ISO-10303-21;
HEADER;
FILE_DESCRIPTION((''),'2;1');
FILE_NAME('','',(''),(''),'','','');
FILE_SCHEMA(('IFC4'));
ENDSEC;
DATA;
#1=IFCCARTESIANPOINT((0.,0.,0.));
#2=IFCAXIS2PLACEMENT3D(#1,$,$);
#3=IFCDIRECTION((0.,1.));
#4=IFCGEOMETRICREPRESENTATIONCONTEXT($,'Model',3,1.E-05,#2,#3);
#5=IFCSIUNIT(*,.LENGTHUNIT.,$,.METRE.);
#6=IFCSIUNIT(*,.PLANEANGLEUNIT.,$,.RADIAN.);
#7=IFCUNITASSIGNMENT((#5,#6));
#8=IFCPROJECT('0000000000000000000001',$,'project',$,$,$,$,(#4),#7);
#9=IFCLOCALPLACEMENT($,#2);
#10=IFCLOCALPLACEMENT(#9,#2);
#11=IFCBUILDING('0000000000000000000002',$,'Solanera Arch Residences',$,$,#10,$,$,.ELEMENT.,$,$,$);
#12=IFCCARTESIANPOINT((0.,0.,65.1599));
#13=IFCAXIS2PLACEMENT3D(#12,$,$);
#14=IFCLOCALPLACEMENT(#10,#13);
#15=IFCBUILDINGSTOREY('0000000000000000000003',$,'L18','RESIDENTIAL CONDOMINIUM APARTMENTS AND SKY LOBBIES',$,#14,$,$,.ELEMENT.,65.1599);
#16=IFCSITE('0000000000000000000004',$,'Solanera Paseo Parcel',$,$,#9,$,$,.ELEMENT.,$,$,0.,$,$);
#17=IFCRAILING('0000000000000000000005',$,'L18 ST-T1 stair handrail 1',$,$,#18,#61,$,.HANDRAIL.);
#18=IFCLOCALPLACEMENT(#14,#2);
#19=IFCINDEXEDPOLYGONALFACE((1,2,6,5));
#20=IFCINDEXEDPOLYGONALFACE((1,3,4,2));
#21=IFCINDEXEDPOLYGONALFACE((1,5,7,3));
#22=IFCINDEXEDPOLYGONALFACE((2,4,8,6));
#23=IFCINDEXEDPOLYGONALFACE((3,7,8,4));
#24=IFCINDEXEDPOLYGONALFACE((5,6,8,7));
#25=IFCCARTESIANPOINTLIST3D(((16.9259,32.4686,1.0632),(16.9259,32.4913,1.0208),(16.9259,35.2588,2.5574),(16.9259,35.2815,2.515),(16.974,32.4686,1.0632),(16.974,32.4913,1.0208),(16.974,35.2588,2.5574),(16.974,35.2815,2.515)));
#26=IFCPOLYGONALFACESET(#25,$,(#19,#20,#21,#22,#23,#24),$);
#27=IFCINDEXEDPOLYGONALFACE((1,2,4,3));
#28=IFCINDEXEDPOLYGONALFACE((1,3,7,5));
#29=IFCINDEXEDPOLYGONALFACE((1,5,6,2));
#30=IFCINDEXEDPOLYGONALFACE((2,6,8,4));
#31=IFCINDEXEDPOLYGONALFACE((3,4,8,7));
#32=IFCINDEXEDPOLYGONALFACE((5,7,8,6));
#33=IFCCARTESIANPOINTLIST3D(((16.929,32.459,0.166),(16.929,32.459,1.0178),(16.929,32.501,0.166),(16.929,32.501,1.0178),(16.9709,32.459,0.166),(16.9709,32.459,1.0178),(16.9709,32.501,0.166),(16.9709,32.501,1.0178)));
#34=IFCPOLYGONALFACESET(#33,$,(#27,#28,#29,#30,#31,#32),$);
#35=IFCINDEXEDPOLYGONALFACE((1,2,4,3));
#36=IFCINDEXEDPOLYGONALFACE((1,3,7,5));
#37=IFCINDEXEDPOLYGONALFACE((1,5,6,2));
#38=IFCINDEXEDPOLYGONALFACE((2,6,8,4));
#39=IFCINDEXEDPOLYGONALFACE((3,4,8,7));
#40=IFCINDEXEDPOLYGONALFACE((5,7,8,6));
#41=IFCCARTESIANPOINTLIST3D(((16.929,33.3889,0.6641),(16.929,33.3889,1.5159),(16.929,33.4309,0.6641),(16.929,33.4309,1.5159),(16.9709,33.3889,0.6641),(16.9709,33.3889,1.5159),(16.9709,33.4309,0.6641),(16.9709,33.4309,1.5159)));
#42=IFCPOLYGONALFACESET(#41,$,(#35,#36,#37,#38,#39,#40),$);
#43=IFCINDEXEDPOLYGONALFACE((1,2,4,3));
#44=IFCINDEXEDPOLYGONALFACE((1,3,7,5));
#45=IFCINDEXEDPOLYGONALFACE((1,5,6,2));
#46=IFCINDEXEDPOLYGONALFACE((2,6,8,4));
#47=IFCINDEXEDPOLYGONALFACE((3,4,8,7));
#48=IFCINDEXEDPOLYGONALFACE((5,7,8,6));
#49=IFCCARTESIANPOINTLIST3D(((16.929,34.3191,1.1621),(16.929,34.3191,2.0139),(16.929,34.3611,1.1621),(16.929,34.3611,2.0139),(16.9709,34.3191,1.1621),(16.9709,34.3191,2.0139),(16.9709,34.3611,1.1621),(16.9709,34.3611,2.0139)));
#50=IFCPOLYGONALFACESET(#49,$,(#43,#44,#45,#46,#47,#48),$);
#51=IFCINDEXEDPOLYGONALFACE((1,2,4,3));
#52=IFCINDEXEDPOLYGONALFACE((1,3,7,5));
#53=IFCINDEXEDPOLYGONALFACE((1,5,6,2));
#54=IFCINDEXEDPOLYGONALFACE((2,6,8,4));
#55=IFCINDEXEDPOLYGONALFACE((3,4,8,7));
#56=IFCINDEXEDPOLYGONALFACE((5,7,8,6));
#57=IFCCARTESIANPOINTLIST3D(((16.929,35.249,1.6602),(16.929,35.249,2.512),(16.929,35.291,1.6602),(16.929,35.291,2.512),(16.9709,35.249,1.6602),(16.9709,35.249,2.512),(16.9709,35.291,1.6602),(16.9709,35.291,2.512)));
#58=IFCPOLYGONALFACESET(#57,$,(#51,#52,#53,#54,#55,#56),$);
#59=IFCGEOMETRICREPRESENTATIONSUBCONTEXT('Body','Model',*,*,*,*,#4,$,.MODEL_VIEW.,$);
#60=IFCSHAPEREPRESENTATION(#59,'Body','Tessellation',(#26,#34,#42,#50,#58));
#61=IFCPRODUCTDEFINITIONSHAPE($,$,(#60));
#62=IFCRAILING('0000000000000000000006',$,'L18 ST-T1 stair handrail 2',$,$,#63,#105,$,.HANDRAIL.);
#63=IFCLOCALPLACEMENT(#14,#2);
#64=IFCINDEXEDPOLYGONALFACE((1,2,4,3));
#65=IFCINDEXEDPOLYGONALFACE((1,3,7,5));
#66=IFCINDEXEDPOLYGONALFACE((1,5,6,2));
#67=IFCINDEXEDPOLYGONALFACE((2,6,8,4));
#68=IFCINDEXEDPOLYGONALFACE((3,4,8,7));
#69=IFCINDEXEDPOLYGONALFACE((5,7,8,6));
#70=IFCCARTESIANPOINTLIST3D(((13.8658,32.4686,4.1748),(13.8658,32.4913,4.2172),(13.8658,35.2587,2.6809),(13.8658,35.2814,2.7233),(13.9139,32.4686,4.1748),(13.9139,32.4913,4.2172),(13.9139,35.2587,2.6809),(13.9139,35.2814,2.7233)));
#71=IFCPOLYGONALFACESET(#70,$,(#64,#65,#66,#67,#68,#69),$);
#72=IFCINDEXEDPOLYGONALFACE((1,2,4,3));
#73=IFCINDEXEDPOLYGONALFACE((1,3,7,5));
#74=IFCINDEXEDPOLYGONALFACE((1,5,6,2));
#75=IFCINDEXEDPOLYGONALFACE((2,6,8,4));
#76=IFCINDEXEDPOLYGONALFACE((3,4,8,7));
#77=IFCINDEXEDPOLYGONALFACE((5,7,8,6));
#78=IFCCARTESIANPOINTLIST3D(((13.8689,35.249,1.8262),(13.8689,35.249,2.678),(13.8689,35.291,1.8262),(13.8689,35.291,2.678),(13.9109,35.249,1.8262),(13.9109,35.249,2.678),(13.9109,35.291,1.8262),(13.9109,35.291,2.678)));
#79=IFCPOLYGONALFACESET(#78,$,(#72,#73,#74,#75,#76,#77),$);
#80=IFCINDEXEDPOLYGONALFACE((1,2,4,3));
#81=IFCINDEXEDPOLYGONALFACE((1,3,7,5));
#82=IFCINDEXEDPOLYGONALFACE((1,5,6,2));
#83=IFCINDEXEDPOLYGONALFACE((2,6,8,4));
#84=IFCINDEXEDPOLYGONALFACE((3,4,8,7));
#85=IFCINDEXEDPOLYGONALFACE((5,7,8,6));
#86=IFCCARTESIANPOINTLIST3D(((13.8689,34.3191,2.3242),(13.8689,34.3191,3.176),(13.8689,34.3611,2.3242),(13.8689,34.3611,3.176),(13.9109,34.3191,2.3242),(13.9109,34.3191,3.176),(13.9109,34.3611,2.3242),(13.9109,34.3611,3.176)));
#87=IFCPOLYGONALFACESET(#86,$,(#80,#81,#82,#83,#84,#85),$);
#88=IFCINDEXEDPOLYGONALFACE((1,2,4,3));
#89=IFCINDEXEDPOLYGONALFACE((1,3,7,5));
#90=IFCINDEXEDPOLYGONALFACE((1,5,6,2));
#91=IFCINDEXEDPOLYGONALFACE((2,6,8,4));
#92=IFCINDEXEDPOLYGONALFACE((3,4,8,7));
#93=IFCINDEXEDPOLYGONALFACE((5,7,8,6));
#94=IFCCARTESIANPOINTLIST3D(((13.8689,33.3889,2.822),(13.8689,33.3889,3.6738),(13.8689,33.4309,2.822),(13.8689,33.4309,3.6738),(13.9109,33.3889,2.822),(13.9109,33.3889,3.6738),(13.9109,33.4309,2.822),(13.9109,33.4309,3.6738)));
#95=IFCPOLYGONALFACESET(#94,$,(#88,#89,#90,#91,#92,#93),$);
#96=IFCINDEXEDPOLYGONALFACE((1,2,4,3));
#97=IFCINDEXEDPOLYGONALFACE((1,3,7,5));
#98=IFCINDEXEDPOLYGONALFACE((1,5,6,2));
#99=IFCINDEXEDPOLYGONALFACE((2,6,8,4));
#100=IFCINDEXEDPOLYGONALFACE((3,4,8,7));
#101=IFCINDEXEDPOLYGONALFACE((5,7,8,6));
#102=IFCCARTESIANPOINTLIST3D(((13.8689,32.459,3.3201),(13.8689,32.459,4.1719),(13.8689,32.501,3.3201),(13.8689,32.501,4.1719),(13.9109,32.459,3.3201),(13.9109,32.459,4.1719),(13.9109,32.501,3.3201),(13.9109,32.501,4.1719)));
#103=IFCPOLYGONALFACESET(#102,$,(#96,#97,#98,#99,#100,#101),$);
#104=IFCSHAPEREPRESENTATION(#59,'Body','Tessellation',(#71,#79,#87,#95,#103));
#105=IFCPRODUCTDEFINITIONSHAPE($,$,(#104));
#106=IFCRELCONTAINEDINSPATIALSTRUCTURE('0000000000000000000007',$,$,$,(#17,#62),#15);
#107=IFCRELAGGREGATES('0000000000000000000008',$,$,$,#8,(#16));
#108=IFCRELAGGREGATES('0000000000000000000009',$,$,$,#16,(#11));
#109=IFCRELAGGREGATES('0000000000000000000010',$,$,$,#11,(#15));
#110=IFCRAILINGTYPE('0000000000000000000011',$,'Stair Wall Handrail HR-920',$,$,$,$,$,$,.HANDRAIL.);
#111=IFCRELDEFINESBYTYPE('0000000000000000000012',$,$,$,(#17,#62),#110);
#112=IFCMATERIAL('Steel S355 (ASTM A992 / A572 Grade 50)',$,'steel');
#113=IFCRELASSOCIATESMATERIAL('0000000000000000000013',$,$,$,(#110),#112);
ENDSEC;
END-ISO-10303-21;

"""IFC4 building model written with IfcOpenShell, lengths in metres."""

from ifc_helpers import new_model, si_unit, direction, frame, origin, origin_2d, place, context, subcontext, project, spatial, rectangle, extrude, material, type_object, element, save


model = new_model("IFC4")

# Units and contexts
model_context = context("Model", 3, precision=1e-05, world=origin(), true_north=direction((0.0, 1.0)))
body_context = subcontext(model_context, "Body", "Model", "MODEL_VIEW")
ifc_project = project(units=[si_unit("LENGTHUNIT", "METRE"), si_unit("PLANEANGLEUNIT", "RADIAN")], contexts=[model_context])

# Site, building, storey
site_placement = place(None, origin())
site = spatial("IfcSite", under=ifc_project, at=site_placement, Name="Solanera Paseo Parcel", CompositionType="ELEMENT", RefElevation=0.0)
building_placement = place(site_placement, origin())
building = spatial("IfcBuilding", under=site, at=building_placement, Name="Solanera Arch Residences", CompositionType="ELEMENT")
storey_placement = place(building_placement, frame((0.0, 0.0, 65.1599)))
storey = spatial("IfcBuildingStorey", under=building, at=storey_placement, Name="L18", Description="RESIDENTIAL CONDOMINIUM APARTMENTS AND SKY LOBBIES", CompositionType="ELEMENT", Elevation=65.1599)

# Railings
ifc_material_1 = material(Name="Steel S355 (ASTM A992 / A572 Grade 50)", Category="steel")
railing_type_1 = type_object("IfcRailingType", Name="Stair Wall Handrail HR-920", PredefinedType="HANDRAIL", material=ifc_material_1)
railing_1_placement = place(storey_placement, frame((16.95, 32.48, 0.166)))
element("IfcRailing", 1, at=railing_1_placement, inside=storey, type_object=railing_type_1, Name="L18 ST-T1 stair handrail 1", PredefinedType="HANDRAIL", context=body_context, shape_type="SweptSolid", body=[
    extrude(rectangle(XDim=0.0481, YDim=0.0481, at=origin_2d()), frame((0.0, 0.0, 0.876), z_axis=(0.0, 0.881549, 0.472093), x_axis=(-1.0, 0.0, 0.0)), (0.0, 0.0, 1.0), 3.165),
    extrude(rectangle(XDim=0.042, YDim=0.042, at=origin_2d()), origin(), (0.0, 0.0, 1.0), 0.8518),
    extrude(rectangle(XDim=0.042, YDim=0.042, at=origin_2d()), frame((0.0, 0.9299, 0.498)), (0.0, 0.0, 1.0), 0.8518),
    extrude(rectangle(XDim=0.042, YDim=0.042, at=origin_2d()), frame((0.0, 1.8601, 0.9961)), (0.0, 0.0, 1.0), 0.8518),
    extrude(rectangle(XDim=0.042, YDim=0.042, at=origin_2d()), frame((0.0, 2.79, 1.4941)), (0.0, 0.0, 1.0), 0.8518),
])
railing_2_placement = place(storey_placement, frame((13.8899, 35.27, 1.8262)))
element("IfcRailing", 2, at=railing_2_placement, inside=storey, type_object=railing_type_1, Name="L18 ST-T1 stair handrail 2", PredefinedType="HANDRAIL", context=body_context, shape_type="SweptSolid", body=[
    extrude(rectangle(XDim=0.0481, YDim=0.0481, at=origin_2d()), frame((0.0, 0.0, 0.876), z_axis=(0.0, -0.881581, 0.472033), x_axis=(1.0, 0.0, 0.0)), (0.0, 0.0, 1.0), 3.1648),
    extrude(rectangle(XDim=0.042, YDim=0.042, at=origin_2d()), origin(), (0.0, 0.0, 1.0), 0.8518),
    extrude(rectangle(XDim=0.042, YDim=0.042, at=origin_2d()), frame((0.0, -0.9299, 0.498)), (0.0, 0.0, 1.0), 0.8518),
    extrude(rectangle(XDim=0.042, YDim=0.042, at=origin_2d()), frame((0.0, -1.8601, 0.9958)), (0.0, 0.0, 1.0), 0.8518),
    extrude(rectangle(XDim=0.042, YDim=0.042, at=origin_2d()), frame((0.0, -2.79, 1.4939)), (0.0, 0.0, 1.0), 0.8518),
])

save(model, "model.ifc")
